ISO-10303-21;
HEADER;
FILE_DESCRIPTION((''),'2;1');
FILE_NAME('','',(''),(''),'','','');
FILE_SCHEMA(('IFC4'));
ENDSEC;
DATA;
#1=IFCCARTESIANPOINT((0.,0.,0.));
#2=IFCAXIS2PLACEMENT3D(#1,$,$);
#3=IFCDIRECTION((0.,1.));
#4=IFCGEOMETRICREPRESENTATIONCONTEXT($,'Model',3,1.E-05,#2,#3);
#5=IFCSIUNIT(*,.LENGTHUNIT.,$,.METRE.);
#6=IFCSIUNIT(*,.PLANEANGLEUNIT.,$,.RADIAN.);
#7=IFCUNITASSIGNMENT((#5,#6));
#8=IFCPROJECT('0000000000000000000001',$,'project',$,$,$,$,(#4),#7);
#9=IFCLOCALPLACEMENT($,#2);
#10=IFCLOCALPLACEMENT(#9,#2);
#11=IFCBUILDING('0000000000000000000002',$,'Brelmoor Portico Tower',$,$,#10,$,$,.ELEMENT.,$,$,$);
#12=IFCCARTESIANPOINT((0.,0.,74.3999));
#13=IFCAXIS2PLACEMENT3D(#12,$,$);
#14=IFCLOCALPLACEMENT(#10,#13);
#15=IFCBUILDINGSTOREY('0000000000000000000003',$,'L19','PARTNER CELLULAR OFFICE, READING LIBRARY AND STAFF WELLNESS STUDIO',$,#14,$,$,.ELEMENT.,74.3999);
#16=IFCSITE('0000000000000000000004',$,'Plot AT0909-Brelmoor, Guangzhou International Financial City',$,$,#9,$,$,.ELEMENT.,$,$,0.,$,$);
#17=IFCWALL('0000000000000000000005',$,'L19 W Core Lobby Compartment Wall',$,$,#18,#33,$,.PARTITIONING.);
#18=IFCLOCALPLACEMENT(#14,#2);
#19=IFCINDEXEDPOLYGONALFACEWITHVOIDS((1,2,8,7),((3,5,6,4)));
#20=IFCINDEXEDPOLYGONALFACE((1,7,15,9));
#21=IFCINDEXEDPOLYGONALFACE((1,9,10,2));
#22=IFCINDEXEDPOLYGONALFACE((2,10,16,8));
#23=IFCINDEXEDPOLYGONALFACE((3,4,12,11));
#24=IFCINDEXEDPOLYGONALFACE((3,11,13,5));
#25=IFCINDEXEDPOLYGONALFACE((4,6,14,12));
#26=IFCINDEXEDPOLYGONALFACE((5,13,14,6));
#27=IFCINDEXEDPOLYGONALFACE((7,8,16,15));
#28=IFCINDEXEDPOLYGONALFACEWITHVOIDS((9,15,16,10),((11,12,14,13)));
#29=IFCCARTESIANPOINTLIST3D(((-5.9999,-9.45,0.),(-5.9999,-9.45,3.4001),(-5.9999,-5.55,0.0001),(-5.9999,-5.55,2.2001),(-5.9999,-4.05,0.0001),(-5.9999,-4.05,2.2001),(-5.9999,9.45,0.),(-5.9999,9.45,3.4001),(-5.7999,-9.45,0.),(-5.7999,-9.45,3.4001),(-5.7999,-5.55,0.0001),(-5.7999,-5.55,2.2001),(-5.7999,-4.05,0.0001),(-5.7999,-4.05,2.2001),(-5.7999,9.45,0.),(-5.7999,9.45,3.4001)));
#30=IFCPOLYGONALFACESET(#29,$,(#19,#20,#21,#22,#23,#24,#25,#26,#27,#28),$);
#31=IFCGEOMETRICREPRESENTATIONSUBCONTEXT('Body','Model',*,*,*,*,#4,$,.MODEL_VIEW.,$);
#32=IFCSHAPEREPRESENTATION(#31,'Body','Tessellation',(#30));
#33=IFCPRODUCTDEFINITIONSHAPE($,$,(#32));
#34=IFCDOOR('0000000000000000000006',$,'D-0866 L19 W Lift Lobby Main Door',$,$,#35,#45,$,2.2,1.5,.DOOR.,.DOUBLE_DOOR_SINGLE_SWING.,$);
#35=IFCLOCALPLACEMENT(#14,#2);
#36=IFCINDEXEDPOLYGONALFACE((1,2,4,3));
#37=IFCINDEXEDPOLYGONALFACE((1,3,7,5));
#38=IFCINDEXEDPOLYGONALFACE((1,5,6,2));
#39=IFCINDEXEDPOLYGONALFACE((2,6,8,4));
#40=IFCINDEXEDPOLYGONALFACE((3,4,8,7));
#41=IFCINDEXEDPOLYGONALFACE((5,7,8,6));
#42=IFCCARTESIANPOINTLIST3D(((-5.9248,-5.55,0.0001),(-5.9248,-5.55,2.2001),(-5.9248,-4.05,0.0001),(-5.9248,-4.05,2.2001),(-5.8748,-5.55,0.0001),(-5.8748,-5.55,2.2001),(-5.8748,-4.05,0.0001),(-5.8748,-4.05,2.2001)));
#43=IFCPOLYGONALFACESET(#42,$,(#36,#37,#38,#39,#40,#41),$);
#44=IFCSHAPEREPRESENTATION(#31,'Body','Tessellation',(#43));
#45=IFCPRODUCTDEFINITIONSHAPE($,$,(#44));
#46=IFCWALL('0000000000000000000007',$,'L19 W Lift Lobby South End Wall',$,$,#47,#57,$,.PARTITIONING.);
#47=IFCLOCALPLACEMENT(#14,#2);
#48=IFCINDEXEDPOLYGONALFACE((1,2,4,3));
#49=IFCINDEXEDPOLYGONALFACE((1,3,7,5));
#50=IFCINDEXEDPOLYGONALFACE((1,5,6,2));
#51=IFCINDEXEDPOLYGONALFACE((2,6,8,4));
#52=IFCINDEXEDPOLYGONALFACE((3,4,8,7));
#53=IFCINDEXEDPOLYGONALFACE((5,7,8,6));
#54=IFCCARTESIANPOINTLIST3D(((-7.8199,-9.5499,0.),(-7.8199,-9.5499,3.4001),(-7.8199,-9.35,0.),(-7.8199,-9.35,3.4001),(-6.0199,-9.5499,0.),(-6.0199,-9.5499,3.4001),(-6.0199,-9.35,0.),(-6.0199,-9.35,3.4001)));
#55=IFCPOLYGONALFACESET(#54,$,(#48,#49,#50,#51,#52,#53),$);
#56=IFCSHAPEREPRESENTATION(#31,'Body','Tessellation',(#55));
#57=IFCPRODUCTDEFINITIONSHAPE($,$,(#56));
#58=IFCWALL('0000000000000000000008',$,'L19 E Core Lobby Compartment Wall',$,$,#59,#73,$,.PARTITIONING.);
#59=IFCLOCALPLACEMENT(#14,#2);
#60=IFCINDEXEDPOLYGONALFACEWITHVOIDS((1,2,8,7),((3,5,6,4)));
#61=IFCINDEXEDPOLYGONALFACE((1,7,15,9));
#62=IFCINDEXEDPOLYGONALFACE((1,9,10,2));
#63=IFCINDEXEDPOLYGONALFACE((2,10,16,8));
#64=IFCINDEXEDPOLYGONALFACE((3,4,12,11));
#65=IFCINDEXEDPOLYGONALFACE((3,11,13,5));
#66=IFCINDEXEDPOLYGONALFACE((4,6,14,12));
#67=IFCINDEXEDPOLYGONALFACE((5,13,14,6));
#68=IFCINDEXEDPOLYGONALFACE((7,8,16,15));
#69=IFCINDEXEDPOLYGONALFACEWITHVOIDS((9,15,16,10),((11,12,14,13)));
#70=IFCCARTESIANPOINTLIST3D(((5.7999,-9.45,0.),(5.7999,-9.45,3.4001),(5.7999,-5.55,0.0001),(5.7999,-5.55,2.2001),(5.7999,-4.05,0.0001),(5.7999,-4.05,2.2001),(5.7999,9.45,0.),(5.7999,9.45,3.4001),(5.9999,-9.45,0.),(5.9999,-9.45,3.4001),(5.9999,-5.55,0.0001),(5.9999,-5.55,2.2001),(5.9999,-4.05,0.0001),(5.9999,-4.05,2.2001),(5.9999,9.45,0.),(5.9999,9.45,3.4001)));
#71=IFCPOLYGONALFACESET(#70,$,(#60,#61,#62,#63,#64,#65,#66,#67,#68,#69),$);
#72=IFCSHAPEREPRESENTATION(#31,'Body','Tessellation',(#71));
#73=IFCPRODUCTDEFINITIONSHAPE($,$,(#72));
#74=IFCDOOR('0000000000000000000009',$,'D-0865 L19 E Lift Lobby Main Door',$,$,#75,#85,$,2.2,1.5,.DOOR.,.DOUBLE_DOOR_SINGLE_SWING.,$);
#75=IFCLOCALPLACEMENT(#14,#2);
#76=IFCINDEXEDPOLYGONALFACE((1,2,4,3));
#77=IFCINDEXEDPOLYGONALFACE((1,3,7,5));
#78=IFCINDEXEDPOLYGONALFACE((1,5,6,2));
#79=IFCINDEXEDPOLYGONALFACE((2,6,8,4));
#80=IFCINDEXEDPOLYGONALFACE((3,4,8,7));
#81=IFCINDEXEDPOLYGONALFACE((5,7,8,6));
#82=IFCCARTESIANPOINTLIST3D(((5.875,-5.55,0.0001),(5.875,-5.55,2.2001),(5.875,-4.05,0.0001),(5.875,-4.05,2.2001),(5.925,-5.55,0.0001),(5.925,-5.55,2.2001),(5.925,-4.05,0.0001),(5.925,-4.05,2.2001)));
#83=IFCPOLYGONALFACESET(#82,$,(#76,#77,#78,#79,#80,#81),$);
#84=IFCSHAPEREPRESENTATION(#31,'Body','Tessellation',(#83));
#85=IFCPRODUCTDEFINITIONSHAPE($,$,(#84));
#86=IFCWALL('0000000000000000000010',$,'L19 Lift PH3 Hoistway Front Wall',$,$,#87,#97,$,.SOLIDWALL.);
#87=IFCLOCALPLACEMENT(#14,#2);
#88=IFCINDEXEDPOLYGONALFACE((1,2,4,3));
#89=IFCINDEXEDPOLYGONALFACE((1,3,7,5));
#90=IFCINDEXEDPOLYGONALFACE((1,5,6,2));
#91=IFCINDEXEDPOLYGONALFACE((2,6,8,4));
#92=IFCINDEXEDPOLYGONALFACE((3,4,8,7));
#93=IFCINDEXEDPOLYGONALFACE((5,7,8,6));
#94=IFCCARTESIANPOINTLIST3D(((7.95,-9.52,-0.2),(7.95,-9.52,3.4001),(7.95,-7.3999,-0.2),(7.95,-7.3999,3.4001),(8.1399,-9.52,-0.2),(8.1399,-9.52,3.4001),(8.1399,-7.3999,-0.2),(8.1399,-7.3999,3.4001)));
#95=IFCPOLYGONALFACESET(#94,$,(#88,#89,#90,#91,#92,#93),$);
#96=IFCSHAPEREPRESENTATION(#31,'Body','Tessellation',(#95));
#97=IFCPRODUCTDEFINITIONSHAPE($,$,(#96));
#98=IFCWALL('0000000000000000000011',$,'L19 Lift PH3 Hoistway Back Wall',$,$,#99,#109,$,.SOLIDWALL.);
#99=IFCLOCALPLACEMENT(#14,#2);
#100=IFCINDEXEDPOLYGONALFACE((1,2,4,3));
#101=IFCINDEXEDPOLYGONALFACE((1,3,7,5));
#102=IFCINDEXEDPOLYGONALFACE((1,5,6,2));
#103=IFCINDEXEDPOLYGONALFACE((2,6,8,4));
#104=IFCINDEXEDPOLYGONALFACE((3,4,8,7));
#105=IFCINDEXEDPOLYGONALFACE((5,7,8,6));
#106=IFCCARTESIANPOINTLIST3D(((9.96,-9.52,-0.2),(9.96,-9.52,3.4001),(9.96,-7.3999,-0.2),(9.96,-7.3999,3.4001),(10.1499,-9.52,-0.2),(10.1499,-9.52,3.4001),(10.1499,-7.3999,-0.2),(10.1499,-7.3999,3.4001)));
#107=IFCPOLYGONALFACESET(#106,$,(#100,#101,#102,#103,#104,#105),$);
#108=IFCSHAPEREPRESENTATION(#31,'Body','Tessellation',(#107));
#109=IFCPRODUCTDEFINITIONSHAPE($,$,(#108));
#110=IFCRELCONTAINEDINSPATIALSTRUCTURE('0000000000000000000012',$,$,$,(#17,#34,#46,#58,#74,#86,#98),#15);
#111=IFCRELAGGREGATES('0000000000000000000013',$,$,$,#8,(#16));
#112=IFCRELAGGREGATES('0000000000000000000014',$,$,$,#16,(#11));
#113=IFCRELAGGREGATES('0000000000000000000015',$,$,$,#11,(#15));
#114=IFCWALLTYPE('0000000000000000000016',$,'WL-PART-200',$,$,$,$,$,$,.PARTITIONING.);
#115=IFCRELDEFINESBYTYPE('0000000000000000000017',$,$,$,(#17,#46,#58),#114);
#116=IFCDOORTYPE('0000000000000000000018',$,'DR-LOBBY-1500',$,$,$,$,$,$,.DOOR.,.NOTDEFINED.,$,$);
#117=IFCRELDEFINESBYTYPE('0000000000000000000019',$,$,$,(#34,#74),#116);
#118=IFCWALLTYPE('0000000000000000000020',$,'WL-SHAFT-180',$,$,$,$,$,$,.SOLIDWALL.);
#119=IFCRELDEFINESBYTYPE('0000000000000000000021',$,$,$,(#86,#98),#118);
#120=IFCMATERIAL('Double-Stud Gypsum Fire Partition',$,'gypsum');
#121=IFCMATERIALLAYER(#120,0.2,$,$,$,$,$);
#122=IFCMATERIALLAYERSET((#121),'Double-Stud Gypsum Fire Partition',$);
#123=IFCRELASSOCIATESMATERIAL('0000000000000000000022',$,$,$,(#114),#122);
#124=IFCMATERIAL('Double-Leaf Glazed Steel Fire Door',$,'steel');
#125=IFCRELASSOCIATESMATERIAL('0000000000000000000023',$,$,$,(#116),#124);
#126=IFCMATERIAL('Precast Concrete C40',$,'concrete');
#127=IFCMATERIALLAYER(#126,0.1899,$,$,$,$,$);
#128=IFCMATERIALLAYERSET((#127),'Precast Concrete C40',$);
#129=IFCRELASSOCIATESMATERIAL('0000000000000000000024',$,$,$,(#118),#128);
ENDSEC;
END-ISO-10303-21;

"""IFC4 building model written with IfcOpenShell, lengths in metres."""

from ifc_helpers import new_model, si_unit, direction, frame, frame_2d, origin, place, context, subcontext, project, spatial, rectangle, extrude, material, layer, layer_set, type_object, element, fill, save


model = new_model("IFC4")

# Units and contexts
model_context = context("Model", 3, precision=1e-05, world=origin(), true_north=direction((0.0, 1.0)))
body_context = subcontext(model_context, "Body", "Model", "MODEL_VIEW")
ifc_project = project(units=[si_unit("LENGTHUNIT", "METRE"), si_unit("PLANEANGLEUNIT", "RADIAN")], contexts=[model_context])

# Site, building, storey
site_placement = place(None, origin())
site = spatial("IfcSite", under=ifc_project, at=site_placement, Name="Plot AT0909-Brelmoor, Guangzhou International Financial City", CompositionType="ELEMENT", RefElevation=0.0)
building_placement = place(site_placement, origin())
building = spatial("IfcBuilding", under=site, at=building_placement, Name="Brelmoor Portico Tower", CompositionType="ELEMENT")
storey_placement = place(building_placement, frame((0.0, 0.0, 74.3999)))
storey = spatial("IfcBuildingStorey", under=building, at=storey_placement, Name="L19", Description="PARTNER CELLULAR OFFICE, READING LIBRARY AND STAFF WELLNESS STUDIO", CompositionType="ELEMENT", Elevation=74.3999)

# Wall, opening, door
ifc_material_1 = material(Name="Double-Stud Gypsum Fire Partition", Category="gypsum")
ifc_layer_1 = layer(ifc_material_1, 0.2)
ifc_layer_set_1 = layer_set([ifc_layer_1], Name="Double-Stud Gypsum Fire Partition")
wall_type_1 = type_object("IfcWallType", Name="WL-PART-200", PredefinedType="PARTITIONING", material=ifc_layer_set_1)
wall_1_placement = place(storey_placement, frame((-5.8999, -9.45, 0.0), z_axis=(0.0, 0.0, 1.0), x_axis=(0.0, 1.0, 0.0)))
wall_1 = element("IfcWall", 1, at=wall_1_placement, inside=storey, type_object=wall_type_1, Name="L19 W Core Lobby Compartment Wall", PredefinedType="PARTITIONING", context=body_context, shape_type="SweptSolid", body=[
    extrude(rectangle(XDim=18.8999, YDim=0.2, at=frame_2d((9.45, 0.0))), origin(), (0.0, 0.0, 1.0), 3.4001),
])
opening_1_placement = place(wall_1_placement, frame((3.8999, 0.0, 0.0)))
opening_1 = element("IfcOpeningElement", 2, at=opening_1_placement, cuts=wall_1, PredefinedType="OPENING", context=body_context, shape_type="SweptSolid", body=[
    extrude(rectangle(XDim=1.5, YDim=2.2, at=frame_2d((0.75, 1.1001))), frame((0.0, 0.1099, 0.0), z_axis=(0.0, -1.0, 0.0), x_axis=(1.0, 0.0, 0.0)), (0.0, 0.0, 1.0), 0.22),
])
ifc_material_2 = material(Name="Double-Leaf Glazed Steel Fire Door", Category="steel")
door_type_1 = type_object("IfcDoorType", Name="DR-LOBBY-1500", OperationType="NOTDEFINED", PredefinedType="DOOR", material=ifc_material_2)
door_1_placement = place(opening_1_placement, origin())
door_1 = element("IfcDoor", 3, at=door_1_placement, inside=storey, type_object=door_type_1, Name="D-0866 L19 W Lift Lobby Main Door", OperationType="DOUBLE_DOOR_SINGLE_SWING", OverallHeight=2.2, OverallWidth=1.5, PredefinedType="DOOR", context=body_context, shape_type="SweptSolid", body=[
    extrude(rectangle(XDim=1.5, YDim=2.2, at=frame_2d((0.75, 1.1001))), frame((0.0, 0.0249, 0.0), z_axis=(0.0, -1.0, 0.0), x_axis=(1.0, 0.0, 0.0)), (0.0, 0.0, 1.0), 0.05),
])
fill(opening_1, door_1)

# Wall
wall_2_placement = place(storey_placement, frame((-6.02, -9.45, 0.0), z_axis=(0.0, 0.0, 1.0), x_axis=(-1.0, 0.0, 0.0)))
element("IfcWall", 4, at=wall_2_placement, inside=storey, type_object=wall_type_1, Name="L19 W Lift Lobby South End Wall", PredefinedType="PARTITIONING", context=body_context, shape_type="SweptSolid", body=[
    extrude(rectangle(XDim=1.8, YDim=0.2, at=frame_2d((0.8999, 0.0))), origin(), (0.0, 0.0, 1.0), 3.4001),
])

# Wall, opening, door
wall_3_placement = place(storey_placement, frame((5.8999, -9.45, 0.0), z_axis=(0.0, 0.0, 1.0), x_axis=(0.0, 1.0, 0.0)))
wall_3 = element("IfcWall", 5, at=wall_3_placement, inside=storey, type_object=wall_type_1, Name="L19 E Core Lobby Compartment Wall", PredefinedType="PARTITIONING", context=body_context, shape_type="SweptSolid", body=[
    extrude(rectangle(XDim=18.8999, YDim=0.2, at=frame_2d((9.45, 0.0))), origin(), (0.0, 0.0, 1.0), 3.4001),
])
opening_2_placement = place(wall_3_placement, frame((3.8999, 0.0, 0.0)))
opening_2 = element("IfcOpeningElement", 6, at=opening_2_placement, cuts=wall_3, PredefinedType="OPENING", context=body_context, shape_type="SweptSolid", body=[
    extrude(rectangle(XDim=1.5, YDim=2.2, at=frame_2d((0.75, 1.1001))), frame((0.0, 0.1099, 0.0), z_axis=(0.0, -1.0, 0.0), x_axis=(1.0, 0.0, 0.0)), (0.0, 0.0, 1.0), 0.22),
])
door_2_placement = place(opening_2_placement, origin())
door_2 = element("IfcDoor", 7, at=door_2_placement, inside=storey, type_object=door_type_1, Name="D-0865 L19 E Lift Lobby Main Door", OperationType="DOUBLE_DOOR_SINGLE_SWING", OverallHeight=2.2, OverallWidth=1.5, PredefinedType="DOOR", context=body_context, shape_type="SweptSolid", body=[
    extrude(rectangle(XDim=1.5, YDim=2.2, at=frame_2d((0.75, 1.1001))), frame((0.0, 0.0249, 0.0), z_axis=(0.0, -1.0, 0.0), x_axis=(1.0, 0.0, 0.0)), (0.0, 0.0, 1.0), 0.05),
])
fill(opening_2, door_2)

# Walls
ifc_material_3 = material(Name="Precast Concrete C40", Category="concrete")
ifc_layer_2 = layer(ifc_material_3, 0.1899)
ifc_layer_set_2 = layer_set([ifc_layer_2], Name="Precast Concrete C40")
wall_type_2 = type_object("IfcWallType", Name="WL-SHAFT-180", PredefinedType="SOLIDWALL", material=ifc_layer_set_2)
for number, where, z_axis, x_axis, name in (
    (8, (8.0449, -9.52, -0.2), (0.0, 0.0, 1.0), (0.0, 1.0, 0.0), "L19 Lift PH3 Hoistway Front Wall"),
    (9, (10.0549, -9.52, -0.2), (0.0, 0.0, 1.0), (0.0, 1.0, 0.0), "L19 Lift PH3 Hoistway Back Wall"),
):
    element("IfcWall", number, at=place(storey_placement, frame(where, z_axis=z_axis, x_axis=x_axis)), inside=storey, type_object=wall_type_2, Name=name, PredefinedType="SOLIDWALL", context=body_context, shape_type="SweptSolid", body=[
        extrude(rectangle(XDim=2.1201, YDim=0.1899, at=frame_2d((1.0601, 0.0))), origin(), (0.0, 0.0, 1.0), 3.6001),
    ])

save(model, "model.ifc")
